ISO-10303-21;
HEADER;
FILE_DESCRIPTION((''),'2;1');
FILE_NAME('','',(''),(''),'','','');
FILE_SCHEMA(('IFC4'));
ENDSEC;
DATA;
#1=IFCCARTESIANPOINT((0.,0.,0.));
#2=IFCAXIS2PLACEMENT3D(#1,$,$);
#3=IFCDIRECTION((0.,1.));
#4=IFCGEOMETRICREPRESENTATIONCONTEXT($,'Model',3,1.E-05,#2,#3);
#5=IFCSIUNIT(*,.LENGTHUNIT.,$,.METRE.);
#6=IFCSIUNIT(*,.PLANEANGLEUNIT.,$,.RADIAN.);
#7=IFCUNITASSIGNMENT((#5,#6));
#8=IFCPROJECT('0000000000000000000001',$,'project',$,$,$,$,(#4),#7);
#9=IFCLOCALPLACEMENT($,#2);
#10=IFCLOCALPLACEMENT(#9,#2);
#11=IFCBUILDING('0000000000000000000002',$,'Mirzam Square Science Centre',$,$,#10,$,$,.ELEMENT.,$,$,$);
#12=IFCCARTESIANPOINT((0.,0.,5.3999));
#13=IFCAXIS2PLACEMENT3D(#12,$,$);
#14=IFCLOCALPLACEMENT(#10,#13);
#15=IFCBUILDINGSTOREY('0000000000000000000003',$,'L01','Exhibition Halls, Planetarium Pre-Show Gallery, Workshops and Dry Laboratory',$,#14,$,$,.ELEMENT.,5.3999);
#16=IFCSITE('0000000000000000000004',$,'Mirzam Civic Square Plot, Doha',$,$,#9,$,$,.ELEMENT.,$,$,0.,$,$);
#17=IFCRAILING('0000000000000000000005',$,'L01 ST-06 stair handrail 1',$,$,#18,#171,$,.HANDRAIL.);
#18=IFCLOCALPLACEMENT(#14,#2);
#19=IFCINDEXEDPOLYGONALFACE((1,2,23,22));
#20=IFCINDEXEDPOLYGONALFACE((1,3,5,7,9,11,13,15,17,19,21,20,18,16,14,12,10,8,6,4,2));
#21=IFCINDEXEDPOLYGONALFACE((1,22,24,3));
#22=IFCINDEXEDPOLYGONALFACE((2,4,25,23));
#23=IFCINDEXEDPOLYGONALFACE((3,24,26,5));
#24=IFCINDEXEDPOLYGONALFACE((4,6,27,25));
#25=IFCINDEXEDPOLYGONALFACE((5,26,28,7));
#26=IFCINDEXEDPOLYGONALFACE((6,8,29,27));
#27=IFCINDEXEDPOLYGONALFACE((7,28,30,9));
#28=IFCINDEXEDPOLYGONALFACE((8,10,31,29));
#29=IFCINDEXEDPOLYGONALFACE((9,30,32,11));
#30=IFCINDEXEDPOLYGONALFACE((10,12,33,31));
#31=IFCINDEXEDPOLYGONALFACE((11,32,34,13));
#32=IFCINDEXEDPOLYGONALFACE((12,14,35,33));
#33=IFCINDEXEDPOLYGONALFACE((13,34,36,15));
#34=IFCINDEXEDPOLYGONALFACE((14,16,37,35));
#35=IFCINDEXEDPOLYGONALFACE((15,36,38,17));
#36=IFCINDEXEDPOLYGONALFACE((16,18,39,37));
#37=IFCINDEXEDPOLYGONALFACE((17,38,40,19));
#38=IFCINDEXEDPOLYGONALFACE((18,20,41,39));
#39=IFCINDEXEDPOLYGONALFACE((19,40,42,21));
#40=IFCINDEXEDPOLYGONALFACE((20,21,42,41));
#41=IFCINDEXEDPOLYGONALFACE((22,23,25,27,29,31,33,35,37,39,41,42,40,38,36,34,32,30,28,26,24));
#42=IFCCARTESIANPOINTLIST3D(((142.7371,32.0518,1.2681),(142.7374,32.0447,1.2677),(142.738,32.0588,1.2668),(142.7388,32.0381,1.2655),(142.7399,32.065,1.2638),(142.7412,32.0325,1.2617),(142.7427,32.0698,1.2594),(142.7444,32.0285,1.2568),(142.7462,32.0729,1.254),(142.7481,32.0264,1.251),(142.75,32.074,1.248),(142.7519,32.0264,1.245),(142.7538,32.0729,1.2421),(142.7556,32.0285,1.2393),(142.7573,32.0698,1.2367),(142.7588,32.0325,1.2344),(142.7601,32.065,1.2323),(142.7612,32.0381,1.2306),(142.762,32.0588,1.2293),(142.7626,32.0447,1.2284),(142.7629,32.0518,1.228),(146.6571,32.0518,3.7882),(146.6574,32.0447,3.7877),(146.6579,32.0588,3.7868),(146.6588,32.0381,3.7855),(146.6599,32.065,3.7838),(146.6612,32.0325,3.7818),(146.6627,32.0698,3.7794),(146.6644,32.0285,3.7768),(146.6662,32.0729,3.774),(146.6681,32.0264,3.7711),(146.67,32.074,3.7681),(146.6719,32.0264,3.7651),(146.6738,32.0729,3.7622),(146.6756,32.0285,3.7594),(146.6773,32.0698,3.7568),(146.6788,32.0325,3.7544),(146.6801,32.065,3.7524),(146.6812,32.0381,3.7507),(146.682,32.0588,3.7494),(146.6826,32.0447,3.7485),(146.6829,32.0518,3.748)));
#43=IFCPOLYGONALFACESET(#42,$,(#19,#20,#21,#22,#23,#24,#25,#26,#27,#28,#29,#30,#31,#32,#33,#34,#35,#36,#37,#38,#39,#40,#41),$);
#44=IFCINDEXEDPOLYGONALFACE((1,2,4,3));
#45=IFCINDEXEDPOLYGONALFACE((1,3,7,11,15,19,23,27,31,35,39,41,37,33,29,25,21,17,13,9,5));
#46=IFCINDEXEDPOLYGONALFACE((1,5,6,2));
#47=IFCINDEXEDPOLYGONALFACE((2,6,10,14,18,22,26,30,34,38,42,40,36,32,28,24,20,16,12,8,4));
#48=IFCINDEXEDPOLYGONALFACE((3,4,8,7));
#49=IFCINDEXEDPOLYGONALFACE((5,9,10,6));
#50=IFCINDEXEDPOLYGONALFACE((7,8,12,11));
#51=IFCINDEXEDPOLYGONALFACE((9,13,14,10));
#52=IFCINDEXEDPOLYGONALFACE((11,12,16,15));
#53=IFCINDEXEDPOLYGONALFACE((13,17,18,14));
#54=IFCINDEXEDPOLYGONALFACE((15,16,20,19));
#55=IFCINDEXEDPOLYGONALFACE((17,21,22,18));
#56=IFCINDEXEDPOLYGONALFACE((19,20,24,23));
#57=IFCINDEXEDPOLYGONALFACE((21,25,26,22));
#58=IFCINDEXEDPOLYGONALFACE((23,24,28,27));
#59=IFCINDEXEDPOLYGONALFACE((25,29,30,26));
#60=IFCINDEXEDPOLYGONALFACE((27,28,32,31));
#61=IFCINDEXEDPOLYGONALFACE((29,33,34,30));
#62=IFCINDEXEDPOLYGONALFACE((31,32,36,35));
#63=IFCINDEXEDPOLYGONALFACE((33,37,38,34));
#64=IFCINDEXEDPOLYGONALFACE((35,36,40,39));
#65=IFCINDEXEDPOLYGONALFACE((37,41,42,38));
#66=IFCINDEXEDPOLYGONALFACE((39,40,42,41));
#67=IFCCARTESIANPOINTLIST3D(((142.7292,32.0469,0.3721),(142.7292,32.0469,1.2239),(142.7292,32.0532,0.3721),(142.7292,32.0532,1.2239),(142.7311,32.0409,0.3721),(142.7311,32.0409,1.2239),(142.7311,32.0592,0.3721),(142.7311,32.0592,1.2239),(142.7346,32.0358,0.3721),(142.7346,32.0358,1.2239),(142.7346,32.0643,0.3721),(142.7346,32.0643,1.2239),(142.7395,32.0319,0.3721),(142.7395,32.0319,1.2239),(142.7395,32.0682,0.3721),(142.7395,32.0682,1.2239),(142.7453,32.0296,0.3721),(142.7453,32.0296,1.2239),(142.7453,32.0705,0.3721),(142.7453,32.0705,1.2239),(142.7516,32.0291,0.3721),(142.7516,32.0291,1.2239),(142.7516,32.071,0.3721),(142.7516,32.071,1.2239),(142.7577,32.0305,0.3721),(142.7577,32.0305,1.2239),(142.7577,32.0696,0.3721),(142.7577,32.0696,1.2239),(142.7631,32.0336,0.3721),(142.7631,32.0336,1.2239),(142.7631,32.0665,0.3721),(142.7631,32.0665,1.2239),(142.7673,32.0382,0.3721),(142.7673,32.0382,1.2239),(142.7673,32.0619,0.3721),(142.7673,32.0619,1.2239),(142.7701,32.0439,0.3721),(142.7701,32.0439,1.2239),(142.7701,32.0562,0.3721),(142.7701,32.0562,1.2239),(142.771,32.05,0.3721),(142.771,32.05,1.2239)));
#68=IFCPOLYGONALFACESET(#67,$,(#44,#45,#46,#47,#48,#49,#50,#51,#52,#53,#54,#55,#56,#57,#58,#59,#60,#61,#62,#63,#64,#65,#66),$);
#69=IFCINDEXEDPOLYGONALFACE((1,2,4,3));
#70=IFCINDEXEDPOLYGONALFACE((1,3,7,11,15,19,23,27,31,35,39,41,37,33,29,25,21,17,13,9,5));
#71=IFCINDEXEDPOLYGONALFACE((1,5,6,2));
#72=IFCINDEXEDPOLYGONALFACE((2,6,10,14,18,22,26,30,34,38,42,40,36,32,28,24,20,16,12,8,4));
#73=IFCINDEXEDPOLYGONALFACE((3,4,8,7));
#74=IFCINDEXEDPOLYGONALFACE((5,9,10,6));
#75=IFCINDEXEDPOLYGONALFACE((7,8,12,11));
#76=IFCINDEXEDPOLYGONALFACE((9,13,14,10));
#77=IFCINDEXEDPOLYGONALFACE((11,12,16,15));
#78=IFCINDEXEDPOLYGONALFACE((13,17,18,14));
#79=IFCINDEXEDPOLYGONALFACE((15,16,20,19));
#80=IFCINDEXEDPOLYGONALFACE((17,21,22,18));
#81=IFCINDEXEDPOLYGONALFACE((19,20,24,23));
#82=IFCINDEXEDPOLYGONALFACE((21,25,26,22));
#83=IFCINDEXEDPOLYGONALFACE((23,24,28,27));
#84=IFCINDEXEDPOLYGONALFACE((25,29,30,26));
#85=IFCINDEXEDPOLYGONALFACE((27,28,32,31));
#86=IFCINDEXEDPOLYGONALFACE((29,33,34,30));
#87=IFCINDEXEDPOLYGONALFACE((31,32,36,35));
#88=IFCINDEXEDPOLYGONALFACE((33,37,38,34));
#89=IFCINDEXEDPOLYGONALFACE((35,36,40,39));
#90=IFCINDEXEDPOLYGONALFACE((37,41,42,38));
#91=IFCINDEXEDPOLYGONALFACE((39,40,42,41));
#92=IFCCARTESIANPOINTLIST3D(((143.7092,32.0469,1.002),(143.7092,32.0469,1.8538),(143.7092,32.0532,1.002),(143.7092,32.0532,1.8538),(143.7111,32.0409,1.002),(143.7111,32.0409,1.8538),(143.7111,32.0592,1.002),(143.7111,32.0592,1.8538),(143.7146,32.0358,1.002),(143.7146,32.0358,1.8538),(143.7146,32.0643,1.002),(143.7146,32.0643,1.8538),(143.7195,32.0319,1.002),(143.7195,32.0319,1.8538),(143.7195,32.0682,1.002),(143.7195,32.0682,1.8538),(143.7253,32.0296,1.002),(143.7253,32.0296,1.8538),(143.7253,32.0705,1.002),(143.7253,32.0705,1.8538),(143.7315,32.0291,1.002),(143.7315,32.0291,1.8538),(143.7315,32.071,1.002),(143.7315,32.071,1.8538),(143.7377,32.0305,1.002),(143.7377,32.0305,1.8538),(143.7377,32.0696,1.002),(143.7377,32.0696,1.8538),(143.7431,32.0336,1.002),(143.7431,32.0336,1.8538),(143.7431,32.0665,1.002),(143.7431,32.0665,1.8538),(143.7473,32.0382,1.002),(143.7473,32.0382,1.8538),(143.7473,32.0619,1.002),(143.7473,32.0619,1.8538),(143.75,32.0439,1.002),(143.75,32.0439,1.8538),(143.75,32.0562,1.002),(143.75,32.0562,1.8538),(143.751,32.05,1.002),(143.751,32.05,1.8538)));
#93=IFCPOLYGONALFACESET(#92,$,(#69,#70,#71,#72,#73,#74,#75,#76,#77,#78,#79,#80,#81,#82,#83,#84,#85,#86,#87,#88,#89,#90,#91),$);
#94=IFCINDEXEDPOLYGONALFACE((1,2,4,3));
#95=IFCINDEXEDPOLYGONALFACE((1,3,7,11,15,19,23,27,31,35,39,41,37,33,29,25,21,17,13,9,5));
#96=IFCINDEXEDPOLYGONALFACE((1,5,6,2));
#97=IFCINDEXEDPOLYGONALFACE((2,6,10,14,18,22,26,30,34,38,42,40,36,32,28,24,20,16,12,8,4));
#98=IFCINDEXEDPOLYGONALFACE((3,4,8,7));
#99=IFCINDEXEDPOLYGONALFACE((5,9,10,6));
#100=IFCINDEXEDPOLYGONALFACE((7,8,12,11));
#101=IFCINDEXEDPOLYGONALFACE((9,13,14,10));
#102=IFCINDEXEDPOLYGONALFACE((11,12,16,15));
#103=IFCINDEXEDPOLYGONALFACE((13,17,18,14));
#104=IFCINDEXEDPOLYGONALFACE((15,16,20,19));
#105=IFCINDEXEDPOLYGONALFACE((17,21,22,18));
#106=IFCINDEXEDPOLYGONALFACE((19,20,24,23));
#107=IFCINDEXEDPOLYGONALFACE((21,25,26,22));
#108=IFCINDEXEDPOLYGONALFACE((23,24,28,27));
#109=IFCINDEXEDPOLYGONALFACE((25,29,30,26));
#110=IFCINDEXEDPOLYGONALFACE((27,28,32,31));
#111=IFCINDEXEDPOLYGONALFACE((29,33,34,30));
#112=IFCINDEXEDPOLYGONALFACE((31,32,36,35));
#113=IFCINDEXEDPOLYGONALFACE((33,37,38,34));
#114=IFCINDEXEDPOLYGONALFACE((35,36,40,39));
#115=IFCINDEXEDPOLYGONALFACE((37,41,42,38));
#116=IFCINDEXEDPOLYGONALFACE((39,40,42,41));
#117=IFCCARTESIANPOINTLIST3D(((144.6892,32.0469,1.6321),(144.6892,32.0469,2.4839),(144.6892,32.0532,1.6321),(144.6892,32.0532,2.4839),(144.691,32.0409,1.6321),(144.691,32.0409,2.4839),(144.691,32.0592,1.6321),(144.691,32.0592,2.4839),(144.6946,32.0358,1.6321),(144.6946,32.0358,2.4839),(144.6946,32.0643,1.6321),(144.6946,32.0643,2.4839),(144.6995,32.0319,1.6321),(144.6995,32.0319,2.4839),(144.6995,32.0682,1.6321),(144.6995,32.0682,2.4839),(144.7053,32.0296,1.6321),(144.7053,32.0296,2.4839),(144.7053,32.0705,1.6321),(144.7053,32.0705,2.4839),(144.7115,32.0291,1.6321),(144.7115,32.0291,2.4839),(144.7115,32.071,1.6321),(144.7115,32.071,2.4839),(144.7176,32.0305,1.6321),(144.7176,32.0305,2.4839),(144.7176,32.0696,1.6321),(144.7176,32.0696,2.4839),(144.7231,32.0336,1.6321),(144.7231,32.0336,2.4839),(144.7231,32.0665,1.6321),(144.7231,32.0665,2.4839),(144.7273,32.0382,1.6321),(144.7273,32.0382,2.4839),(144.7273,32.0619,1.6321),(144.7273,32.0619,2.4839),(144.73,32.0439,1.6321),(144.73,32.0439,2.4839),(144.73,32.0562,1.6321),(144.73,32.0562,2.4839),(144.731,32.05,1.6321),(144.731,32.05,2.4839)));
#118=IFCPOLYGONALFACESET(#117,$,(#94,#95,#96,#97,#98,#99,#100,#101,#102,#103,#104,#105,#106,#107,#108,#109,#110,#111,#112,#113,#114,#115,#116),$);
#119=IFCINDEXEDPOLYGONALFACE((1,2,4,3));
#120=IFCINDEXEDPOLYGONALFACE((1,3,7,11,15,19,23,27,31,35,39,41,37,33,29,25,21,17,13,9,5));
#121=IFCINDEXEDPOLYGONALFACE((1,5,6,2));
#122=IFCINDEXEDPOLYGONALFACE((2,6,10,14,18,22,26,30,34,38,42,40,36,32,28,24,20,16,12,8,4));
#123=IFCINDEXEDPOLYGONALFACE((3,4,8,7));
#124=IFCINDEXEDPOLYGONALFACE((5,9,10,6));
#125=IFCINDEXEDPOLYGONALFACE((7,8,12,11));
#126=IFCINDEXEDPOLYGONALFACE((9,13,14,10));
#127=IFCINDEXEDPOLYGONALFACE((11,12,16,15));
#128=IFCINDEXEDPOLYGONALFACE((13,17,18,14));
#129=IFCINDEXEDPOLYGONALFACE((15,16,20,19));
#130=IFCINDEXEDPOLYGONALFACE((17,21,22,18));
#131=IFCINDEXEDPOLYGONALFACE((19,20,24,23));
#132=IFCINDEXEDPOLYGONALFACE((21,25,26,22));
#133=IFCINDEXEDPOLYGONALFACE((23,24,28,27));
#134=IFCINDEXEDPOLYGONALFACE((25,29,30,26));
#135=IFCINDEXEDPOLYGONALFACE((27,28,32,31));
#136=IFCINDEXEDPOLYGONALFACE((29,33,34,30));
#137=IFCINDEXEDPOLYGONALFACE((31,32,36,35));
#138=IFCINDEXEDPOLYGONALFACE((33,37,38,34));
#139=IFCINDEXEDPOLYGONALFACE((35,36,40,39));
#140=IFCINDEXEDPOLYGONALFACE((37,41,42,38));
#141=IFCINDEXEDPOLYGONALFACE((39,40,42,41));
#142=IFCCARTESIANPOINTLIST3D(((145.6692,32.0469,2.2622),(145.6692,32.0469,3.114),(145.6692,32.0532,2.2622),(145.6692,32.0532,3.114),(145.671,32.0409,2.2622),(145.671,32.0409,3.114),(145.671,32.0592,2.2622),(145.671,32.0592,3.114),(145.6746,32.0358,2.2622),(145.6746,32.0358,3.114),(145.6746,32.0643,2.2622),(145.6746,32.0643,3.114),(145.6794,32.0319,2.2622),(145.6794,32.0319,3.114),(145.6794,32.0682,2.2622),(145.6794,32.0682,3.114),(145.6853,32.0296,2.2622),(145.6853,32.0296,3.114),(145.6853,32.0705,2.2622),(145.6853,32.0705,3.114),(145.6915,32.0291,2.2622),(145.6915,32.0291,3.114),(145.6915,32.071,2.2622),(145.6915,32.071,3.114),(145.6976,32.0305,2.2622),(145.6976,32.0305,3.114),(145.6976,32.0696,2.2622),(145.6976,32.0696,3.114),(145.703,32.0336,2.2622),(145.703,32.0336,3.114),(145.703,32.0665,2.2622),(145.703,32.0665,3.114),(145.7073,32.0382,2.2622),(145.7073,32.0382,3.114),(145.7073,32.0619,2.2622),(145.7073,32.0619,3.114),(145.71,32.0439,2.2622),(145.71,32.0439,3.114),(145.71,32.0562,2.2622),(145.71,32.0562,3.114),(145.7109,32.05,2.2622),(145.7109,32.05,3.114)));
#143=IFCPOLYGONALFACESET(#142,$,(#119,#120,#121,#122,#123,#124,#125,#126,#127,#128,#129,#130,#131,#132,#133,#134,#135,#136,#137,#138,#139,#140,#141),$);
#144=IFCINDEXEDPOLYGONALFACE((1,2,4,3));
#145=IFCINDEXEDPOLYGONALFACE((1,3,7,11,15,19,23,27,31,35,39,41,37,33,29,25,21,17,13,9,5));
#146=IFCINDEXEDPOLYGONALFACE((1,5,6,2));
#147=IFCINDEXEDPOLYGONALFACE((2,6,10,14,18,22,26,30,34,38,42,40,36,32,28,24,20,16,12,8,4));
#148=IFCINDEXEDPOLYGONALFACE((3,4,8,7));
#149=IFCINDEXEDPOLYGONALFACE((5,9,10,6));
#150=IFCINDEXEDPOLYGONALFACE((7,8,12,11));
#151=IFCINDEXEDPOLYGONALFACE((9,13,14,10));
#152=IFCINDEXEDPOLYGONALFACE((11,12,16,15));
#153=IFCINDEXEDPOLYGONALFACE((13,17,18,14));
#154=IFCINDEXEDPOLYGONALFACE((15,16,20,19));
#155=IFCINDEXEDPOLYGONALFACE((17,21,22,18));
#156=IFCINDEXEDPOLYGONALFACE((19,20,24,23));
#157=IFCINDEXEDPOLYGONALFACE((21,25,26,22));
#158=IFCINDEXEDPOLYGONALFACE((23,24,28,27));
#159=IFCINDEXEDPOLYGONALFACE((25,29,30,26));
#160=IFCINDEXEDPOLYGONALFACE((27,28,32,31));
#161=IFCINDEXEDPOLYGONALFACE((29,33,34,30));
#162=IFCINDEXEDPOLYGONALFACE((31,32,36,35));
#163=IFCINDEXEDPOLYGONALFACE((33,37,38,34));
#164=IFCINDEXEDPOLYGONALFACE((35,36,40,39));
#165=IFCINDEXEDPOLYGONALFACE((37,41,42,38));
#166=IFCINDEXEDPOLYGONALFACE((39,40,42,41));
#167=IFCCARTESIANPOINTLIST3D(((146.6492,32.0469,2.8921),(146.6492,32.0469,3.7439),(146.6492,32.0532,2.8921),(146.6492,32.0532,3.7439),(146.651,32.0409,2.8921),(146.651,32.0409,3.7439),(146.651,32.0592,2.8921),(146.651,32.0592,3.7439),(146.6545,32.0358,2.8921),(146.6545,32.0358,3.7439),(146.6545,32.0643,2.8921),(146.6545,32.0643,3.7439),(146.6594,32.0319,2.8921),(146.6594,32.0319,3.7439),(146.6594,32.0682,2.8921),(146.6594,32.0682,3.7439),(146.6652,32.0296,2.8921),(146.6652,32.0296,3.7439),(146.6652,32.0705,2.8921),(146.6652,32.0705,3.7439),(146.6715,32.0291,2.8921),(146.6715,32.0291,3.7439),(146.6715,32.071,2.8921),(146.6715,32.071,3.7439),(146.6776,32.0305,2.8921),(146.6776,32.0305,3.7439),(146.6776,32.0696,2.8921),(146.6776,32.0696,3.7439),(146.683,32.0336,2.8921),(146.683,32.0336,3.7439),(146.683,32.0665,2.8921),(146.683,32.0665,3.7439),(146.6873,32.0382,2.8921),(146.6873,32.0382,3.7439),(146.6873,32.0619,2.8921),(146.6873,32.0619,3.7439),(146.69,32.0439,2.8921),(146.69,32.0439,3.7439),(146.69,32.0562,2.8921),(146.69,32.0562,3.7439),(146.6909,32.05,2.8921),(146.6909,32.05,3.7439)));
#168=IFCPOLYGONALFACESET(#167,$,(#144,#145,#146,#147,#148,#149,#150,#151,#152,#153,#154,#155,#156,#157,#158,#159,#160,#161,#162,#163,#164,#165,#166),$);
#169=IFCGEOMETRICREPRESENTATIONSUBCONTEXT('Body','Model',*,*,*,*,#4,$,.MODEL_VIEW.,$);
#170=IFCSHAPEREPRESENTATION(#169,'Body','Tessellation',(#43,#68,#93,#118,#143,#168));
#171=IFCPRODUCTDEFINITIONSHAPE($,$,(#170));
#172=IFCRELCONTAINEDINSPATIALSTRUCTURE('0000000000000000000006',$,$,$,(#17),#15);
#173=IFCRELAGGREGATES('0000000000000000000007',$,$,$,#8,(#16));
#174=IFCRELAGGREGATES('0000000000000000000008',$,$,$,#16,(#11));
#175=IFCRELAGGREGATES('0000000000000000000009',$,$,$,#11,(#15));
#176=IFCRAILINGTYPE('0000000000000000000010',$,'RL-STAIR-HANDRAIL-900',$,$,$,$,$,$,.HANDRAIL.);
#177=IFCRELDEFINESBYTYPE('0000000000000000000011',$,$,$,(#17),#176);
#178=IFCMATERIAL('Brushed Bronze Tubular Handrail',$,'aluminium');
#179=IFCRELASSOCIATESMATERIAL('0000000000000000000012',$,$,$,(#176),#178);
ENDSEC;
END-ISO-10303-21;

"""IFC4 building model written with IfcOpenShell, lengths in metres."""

from ifc_helpers import new_model, si_unit, direction, frame, origin, origin_2d, place, context, subcontext, project, spatial, circle, extrude, material, type_object, element, save


model = new_model("IFC4")

# Units and contexts
model_context = context("Model", 3, precision=1e-05, world=origin(), true_north=direction((0.0, 1.0)))
body_context = subcontext(model_context, "Body", "Model", "MODEL_VIEW")
ifc_project = project(units=[si_unit("LENGTHUNIT", "METRE"), si_unit("PLANEANGLEUNIT", "RADIAN")], contexts=[model_context])

# Site, building, storey
site_placement = place(None, origin())
site = spatial("IfcSite", under=ifc_project, at=site_placement, Name="Mirzam Civic Square Plot, Doha", CompositionType="ELEMENT", RefElevation=0.0)
building_placement = place(site_placement, origin())
building = spatial("IfcBuilding", under=site, at=building_placement, Name="Mirzam Square Science Centre", CompositionType="ELEMENT")
storey_placement = place(building_placement, frame((0.0, 0.0, 5.3999)))
storey = spatial("IfcBuildingStorey", under=building, at=storey_placement, Name="L01", Description="Exhibition Halls, Planetarium Pre-Show Gallery, Workshops and Dry Laboratory", CompositionType="ELEMENT", Elevation=5.3999)

# Railing
ifc_material_1 = material(Name="Brushed Bronze Tubular Handrail", Category="aluminium")
railing_type_1 = type_object("IfcRailingType", Name="RL-STAIR-HANDRAIL-900", PredefinedType="HANDRAIL", material=ifc_material_1)
railing_1_placement = place(storey_placement, frame((142.75, 32.05, 0.3721)))
element("IfcRailing", 1, at=railing_1_placement, inside=storey, type_object=railing_type_1, Name="L01 ST-06 stair handrail 1", PredefinedType="HANDRAIL", context=body_context, shape_type="SweptSolid", body=[
    extrude(circle(Radius=0.0239, at=origin_2d()), frame((0.0, 0.0, 0.876), z_axis=(0.841172, 0.0, 0.540768), x_axis=(0.0, 1.0, 0.0)), (0.0, 0.0, 1.0), 4.6602),
    extrude(circle(Radius=0.021, at=origin_2d()), origin(), (0.0, 0.0, 1.0), 0.8518),
    extrude(circle(Radius=0.021, at=origin_2d()), frame((0.98, 0.0, 0.6299)), (0.0, 0.0, 1.0), 0.8518),
    extrude(circle(Radius=0.021, at=origin_2d()), frame((1.96, 0.0, 1.26)), (0.0, 0.0, 1.0), 0.8518),
    extrude(circle(Radius=0.021, at=origin_2d()), frame((2.9399, 0.0, 1.8901)), (0.0, 0.0, 1.0), 0.8518),
    extrude(circle(Radius=0.021, at=origin_2d()), frame((3.9199, 0.0, 2.52)), (0.0, 0.0, 1.0), 0.8518),
])

save(model, "model.ifc")
